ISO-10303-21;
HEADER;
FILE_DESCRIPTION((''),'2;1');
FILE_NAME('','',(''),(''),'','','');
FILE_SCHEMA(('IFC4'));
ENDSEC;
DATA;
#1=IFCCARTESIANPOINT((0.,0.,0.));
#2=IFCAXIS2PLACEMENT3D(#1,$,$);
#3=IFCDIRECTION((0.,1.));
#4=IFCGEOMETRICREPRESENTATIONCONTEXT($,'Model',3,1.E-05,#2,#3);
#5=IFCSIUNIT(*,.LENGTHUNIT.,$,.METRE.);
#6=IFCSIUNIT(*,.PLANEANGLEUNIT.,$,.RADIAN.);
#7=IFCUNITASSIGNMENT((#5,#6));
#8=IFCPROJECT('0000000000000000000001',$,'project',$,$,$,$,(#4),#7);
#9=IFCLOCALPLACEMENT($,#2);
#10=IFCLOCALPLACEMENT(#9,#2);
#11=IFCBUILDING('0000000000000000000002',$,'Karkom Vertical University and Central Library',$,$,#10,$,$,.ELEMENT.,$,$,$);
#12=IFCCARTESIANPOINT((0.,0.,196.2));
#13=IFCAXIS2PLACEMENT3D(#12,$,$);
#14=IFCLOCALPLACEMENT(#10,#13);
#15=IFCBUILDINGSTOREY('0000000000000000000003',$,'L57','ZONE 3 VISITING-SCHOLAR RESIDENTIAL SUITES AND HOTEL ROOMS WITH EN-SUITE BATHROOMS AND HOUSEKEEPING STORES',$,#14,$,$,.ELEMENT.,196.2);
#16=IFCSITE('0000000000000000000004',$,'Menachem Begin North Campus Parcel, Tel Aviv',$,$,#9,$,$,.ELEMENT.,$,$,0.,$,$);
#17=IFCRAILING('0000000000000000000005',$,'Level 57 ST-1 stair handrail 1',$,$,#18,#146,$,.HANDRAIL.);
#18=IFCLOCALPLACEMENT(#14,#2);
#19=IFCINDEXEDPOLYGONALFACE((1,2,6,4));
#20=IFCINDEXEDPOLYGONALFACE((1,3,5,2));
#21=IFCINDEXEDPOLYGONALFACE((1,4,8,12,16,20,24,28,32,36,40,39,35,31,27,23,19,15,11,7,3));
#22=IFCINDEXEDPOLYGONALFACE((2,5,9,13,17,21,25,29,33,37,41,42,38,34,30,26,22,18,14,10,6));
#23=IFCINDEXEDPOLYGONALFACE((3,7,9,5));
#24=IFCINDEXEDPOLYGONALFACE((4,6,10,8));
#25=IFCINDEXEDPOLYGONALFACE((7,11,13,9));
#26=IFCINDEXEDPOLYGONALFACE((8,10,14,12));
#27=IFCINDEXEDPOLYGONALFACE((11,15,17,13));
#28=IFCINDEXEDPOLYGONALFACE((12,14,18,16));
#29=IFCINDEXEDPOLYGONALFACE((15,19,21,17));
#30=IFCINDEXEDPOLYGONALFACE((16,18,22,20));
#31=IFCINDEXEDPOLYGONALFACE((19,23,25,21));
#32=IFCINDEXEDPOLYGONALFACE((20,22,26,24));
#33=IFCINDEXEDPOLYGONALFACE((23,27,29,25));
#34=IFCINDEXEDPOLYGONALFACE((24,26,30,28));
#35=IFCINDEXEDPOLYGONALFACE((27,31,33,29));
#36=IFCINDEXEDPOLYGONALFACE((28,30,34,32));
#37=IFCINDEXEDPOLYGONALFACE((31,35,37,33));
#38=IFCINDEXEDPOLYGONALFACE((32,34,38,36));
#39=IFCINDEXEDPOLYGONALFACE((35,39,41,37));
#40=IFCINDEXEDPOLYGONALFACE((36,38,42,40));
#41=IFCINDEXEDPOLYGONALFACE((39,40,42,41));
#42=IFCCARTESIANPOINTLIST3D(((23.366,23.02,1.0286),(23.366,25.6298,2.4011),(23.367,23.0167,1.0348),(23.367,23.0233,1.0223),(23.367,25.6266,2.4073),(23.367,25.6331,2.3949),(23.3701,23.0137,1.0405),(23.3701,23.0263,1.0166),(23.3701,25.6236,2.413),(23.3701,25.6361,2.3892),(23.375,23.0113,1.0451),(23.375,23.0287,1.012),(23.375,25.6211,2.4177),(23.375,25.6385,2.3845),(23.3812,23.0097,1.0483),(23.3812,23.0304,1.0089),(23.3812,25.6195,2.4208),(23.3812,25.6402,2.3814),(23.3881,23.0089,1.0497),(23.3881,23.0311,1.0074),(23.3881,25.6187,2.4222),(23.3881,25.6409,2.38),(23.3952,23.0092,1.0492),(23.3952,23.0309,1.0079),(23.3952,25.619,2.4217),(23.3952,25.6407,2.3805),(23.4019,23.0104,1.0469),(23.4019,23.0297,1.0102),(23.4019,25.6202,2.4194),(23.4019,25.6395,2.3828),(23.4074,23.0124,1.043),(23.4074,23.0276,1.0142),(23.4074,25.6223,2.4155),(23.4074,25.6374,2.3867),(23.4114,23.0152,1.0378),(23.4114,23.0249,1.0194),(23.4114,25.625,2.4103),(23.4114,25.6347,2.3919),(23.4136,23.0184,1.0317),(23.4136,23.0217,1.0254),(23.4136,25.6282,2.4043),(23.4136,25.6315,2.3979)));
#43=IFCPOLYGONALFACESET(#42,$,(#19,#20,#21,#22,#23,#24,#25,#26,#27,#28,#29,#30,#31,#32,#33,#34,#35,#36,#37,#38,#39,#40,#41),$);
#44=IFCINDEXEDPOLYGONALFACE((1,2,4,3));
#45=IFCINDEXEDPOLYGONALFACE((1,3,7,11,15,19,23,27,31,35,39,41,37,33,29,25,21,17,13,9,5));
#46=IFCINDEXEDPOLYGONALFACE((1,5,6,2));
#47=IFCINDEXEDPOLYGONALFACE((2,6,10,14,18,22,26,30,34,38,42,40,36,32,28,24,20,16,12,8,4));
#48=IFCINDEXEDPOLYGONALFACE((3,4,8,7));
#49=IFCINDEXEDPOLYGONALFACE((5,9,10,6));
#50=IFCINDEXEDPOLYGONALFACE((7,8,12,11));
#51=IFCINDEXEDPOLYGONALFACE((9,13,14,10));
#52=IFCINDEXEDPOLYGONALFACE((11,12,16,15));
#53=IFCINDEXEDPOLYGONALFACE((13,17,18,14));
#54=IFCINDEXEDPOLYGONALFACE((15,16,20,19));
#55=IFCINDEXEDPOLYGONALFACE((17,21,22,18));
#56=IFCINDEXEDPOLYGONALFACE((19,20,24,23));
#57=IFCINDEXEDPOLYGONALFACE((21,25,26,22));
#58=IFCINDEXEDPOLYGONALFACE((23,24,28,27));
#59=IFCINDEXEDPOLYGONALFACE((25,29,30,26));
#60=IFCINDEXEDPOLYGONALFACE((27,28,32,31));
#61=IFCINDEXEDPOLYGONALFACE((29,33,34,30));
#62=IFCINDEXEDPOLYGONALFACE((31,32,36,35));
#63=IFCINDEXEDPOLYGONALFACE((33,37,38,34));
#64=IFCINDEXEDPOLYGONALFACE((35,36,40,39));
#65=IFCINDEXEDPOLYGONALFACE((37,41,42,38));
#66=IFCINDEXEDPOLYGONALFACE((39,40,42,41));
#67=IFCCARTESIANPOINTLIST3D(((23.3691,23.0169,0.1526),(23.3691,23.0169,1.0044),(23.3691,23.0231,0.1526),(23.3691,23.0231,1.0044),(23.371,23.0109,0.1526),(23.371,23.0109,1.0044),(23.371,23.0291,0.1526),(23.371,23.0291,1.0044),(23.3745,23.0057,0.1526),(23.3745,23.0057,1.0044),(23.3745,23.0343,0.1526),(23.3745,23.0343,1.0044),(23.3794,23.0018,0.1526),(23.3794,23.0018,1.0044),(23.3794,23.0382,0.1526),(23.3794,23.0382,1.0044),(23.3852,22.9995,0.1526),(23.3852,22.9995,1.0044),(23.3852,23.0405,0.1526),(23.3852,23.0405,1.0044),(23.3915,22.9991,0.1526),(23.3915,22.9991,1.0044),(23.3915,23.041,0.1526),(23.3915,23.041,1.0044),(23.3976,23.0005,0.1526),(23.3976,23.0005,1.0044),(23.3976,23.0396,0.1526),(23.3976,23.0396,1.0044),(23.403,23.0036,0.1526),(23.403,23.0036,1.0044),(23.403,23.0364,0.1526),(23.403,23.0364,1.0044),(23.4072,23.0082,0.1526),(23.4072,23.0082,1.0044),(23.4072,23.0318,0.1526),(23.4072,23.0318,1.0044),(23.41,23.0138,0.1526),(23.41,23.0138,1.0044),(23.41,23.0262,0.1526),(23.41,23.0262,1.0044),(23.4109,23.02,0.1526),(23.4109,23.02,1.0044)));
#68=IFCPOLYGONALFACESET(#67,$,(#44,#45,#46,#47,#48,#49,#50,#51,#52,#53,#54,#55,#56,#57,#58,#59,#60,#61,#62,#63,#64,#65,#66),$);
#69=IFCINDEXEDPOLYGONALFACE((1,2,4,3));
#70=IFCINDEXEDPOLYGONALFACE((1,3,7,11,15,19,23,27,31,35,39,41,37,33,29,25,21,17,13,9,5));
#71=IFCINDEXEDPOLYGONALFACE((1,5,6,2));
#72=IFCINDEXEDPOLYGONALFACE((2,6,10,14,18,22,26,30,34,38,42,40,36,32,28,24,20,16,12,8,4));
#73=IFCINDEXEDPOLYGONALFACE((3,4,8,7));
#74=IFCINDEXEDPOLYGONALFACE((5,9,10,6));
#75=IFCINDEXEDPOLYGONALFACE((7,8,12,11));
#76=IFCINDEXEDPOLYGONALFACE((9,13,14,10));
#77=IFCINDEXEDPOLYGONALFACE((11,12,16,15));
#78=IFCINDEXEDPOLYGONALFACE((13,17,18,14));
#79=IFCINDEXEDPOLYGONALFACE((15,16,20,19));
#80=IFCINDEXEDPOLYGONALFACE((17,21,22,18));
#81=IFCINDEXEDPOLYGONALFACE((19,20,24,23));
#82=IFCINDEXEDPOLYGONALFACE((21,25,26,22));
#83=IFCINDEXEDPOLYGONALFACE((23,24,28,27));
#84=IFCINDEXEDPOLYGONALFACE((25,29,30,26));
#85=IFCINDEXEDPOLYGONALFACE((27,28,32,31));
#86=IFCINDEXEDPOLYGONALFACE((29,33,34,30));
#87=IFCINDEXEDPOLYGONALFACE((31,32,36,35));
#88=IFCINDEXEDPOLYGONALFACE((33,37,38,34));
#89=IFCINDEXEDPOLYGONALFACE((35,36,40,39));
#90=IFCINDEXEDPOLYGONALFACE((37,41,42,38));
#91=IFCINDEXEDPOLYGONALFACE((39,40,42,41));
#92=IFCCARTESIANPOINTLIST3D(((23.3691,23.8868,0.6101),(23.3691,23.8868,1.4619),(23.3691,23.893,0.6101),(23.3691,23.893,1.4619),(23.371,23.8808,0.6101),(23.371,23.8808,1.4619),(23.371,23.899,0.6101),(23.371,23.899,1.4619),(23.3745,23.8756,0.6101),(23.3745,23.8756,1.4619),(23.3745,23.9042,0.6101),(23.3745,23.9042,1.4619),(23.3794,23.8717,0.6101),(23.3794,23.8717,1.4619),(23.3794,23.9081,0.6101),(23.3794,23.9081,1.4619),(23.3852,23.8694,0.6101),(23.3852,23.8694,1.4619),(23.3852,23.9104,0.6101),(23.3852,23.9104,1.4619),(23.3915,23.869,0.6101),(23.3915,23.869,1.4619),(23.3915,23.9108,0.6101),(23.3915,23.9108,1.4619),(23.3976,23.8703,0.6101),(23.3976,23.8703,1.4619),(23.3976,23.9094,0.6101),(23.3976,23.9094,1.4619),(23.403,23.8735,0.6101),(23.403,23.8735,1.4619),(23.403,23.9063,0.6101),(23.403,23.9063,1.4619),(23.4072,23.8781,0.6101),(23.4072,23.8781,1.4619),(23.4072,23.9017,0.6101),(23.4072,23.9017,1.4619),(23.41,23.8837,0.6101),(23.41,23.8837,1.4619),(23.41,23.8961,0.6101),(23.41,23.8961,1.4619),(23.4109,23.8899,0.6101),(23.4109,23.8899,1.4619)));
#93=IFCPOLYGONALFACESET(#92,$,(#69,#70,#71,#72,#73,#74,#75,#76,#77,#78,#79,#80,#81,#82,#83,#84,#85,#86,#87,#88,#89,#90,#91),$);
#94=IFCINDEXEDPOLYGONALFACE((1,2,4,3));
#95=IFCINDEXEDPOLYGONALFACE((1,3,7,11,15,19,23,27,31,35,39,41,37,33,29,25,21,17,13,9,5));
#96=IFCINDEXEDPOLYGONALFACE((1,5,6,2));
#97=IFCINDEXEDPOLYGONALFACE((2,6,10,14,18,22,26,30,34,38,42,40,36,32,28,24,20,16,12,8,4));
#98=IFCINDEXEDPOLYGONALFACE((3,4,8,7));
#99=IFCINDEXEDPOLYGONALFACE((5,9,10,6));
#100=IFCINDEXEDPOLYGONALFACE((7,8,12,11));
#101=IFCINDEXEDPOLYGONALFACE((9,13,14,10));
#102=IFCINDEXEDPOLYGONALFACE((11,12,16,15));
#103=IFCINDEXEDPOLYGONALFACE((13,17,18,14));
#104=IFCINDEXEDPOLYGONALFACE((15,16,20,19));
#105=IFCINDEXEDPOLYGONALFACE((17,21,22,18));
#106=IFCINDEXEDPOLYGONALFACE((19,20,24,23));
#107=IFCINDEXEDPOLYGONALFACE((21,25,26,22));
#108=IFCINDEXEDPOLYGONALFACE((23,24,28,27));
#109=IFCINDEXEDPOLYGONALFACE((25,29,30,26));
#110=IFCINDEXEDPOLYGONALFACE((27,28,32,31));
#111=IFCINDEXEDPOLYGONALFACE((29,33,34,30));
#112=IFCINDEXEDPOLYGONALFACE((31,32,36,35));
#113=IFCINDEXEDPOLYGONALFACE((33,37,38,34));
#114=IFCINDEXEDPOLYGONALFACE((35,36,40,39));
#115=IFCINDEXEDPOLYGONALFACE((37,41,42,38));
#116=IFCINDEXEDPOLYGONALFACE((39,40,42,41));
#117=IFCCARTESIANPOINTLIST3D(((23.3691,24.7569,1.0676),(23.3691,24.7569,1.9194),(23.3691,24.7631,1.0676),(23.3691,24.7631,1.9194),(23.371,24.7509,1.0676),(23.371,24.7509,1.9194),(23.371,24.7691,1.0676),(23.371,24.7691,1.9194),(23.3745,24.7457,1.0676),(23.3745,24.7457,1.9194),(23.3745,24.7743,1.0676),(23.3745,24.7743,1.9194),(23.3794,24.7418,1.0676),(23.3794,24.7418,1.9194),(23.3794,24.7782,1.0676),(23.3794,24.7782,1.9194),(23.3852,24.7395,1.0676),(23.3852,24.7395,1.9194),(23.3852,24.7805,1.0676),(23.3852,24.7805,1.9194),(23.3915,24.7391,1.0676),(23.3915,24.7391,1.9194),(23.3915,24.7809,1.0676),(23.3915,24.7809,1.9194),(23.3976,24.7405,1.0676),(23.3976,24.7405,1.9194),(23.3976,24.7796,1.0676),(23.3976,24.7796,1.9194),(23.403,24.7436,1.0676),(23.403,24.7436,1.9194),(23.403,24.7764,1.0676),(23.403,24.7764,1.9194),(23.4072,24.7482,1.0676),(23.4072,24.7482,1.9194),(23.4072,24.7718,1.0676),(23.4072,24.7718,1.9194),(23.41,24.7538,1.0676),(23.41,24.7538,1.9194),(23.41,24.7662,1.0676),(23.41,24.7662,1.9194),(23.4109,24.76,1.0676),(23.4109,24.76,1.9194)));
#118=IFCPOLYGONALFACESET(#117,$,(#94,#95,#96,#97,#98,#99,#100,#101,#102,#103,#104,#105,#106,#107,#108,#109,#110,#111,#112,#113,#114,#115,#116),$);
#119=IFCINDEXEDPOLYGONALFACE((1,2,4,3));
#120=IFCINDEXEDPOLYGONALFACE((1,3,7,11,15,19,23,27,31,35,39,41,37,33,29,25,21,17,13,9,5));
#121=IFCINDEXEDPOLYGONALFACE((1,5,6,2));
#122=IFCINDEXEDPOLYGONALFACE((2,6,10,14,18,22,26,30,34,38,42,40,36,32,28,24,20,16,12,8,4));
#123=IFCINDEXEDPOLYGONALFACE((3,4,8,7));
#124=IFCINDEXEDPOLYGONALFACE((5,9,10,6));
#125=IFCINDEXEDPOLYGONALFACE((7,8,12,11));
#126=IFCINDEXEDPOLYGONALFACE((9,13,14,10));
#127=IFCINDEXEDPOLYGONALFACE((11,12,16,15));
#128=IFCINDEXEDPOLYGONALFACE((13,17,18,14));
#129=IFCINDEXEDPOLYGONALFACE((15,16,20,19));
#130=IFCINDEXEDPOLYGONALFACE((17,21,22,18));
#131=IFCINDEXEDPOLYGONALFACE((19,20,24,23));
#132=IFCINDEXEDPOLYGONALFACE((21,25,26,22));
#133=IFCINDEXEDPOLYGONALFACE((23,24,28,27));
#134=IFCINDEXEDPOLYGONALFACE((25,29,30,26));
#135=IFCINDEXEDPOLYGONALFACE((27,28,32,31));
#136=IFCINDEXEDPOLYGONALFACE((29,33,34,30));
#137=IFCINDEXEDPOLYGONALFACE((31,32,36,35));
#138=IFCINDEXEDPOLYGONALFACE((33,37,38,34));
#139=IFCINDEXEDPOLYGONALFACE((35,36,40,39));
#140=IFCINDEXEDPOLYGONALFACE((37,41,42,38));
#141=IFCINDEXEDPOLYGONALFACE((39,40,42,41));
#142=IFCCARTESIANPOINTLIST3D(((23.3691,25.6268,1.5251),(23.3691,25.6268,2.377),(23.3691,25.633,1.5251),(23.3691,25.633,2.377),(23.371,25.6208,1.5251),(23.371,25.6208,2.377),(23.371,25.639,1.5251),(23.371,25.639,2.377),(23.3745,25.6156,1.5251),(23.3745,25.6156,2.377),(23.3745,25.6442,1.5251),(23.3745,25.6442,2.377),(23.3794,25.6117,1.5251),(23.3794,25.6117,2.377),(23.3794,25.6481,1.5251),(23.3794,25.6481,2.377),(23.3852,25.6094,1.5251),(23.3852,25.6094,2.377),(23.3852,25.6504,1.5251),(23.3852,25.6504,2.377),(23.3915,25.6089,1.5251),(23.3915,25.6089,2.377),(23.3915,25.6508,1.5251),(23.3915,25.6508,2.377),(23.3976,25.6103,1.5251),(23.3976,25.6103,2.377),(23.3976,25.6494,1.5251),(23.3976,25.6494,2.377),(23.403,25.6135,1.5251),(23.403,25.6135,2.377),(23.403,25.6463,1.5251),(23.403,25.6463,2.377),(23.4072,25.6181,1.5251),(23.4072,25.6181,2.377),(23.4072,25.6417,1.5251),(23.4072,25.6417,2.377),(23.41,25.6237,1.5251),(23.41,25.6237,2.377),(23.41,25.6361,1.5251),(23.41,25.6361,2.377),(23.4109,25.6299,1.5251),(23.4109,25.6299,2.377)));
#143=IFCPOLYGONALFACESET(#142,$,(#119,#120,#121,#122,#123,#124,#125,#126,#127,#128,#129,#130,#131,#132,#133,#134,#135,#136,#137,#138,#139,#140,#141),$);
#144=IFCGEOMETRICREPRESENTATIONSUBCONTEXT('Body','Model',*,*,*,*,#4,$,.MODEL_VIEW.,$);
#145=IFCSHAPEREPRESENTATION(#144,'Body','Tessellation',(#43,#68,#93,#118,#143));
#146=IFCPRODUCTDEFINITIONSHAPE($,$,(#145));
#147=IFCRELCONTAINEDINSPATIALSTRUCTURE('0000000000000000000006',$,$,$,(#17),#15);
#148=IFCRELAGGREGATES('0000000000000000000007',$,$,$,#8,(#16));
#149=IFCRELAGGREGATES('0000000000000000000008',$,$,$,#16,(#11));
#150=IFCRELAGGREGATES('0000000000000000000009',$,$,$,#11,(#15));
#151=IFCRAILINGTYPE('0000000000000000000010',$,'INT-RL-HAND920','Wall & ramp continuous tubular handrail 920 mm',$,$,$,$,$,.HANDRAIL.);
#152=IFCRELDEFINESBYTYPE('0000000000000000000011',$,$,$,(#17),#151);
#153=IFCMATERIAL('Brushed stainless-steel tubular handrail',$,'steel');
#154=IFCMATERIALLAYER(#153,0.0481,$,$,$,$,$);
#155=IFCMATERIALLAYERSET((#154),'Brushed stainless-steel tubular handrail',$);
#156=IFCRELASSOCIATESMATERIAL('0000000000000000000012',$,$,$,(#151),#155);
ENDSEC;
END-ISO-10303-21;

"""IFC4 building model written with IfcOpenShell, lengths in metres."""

from ifc_helpers import new_model, si_unit, direction, frame, origin, origin_2d, place, context, subcontext, project, spatial, circle, extrude, material, layer, layer_set, type_object, element, save


model = new_model("IFC4")

# Units and contexts
model_context = context("Model", 3, precision=1e-05, world=origin(), true_north=direction((0.0, 1.0)))
body_context = subcontext(model_context, "Body", "Model", "MODEL_VIEW")
ifc_project = project(units=[si_unit("LENGTHUNIT", "METRE"), si_unit("PLANEANGLEUNIT", "RADIAN")], contexts=[model_context])

# Site, building, storey
site_placement = place(None, origin())
site = spatial("IfcSite", under=ifc_project, at=site_placement, Name="Menachem Begin North Campus Parcel, Tel Aviv", CompositionType="ELEMENT", RefElevation=0.0)
building_placement = place(site_placement, origin())
building = spatial("IfcBuilding", under=site, at=building_placement, Name="Karkom Vertical University and Central Library", CompositionType="ELEMENT")
storey_placement = place(building_placement, frame((0.0, 0.0, 196.2)))
storey = spatial("IfcBuildingStorey", under=building, at=storey_placement, Name="L57", Description="ZONE 3 VISITING-SCHOLAR RESIDENTIAL SUITES AND HOTEL ROOMS WITH EN-SUITE BATHROOMS AND HOUSEKEEPING STORES", CompositionType="ELEMENT", Elevation=196.2)

# Railing
ifc_material_1 = material(Name="Brushed stainless-steel tubular handrail", Category="steel")
ifc_layer_1 = layer(ifc_material_1, 0.0481)
ifc_layer_set_1 = layer_set([ifc_layer_1], Name="Brushed stainless-steel tubular handrail")
railing_type_1 = type_object("IfcRailingType", Name="INT-RL-HAND920", Description="Wall & ramp continuous tubular handrail 920 mm", PredefinedType="HANDRAIL", material=ifc_layer_set_1)
railing_1_placement = place(storey_placement, frame((23.3899, 23.02, 0.1526)))
element("IfcRailing", 1, at=railing_1_placement, inside=storey, type_object=railing_type_1, Name="Level 57 ST-1 stair handrail 1", PredefinedType="HANDRAIL", context=body_context, shape_type="SweptSolid", body=[
    extrude(circle(Radius=0.0239, at=origin_2d()), frame((0.0, 0.0, 0.876), z_axis=(0.0, 0.885065, 0.465467), x_axis=(-1.0, 0.0, 0.0)), (0.0, 0.0, 1.0), 2.9487),
    extrude(circle(Radius=0.021, at=origin_2d()), origin(), (0.0, 0.0, 1.0), 0.8518),
    extrude(circle(Radius=0.021, at=origin_2d()), frame((0.0, 0.8699, 0.4575)), (0.0, 0.0, 1.0), 0.8518),
    extrude(circle(Radius=0.021, at=origin_2d()), frame((0.0, 1.74, 0.915)), (0.0, 0.0, 1.0), 0.8518),
    extrude(circle(Radius=0.021, at=origin_2d()), frame((0.0, 2.6099, 1.3726)), (0.0, 0.0, 1.0), 0.8518),
])

save(model, "model.ifc")
